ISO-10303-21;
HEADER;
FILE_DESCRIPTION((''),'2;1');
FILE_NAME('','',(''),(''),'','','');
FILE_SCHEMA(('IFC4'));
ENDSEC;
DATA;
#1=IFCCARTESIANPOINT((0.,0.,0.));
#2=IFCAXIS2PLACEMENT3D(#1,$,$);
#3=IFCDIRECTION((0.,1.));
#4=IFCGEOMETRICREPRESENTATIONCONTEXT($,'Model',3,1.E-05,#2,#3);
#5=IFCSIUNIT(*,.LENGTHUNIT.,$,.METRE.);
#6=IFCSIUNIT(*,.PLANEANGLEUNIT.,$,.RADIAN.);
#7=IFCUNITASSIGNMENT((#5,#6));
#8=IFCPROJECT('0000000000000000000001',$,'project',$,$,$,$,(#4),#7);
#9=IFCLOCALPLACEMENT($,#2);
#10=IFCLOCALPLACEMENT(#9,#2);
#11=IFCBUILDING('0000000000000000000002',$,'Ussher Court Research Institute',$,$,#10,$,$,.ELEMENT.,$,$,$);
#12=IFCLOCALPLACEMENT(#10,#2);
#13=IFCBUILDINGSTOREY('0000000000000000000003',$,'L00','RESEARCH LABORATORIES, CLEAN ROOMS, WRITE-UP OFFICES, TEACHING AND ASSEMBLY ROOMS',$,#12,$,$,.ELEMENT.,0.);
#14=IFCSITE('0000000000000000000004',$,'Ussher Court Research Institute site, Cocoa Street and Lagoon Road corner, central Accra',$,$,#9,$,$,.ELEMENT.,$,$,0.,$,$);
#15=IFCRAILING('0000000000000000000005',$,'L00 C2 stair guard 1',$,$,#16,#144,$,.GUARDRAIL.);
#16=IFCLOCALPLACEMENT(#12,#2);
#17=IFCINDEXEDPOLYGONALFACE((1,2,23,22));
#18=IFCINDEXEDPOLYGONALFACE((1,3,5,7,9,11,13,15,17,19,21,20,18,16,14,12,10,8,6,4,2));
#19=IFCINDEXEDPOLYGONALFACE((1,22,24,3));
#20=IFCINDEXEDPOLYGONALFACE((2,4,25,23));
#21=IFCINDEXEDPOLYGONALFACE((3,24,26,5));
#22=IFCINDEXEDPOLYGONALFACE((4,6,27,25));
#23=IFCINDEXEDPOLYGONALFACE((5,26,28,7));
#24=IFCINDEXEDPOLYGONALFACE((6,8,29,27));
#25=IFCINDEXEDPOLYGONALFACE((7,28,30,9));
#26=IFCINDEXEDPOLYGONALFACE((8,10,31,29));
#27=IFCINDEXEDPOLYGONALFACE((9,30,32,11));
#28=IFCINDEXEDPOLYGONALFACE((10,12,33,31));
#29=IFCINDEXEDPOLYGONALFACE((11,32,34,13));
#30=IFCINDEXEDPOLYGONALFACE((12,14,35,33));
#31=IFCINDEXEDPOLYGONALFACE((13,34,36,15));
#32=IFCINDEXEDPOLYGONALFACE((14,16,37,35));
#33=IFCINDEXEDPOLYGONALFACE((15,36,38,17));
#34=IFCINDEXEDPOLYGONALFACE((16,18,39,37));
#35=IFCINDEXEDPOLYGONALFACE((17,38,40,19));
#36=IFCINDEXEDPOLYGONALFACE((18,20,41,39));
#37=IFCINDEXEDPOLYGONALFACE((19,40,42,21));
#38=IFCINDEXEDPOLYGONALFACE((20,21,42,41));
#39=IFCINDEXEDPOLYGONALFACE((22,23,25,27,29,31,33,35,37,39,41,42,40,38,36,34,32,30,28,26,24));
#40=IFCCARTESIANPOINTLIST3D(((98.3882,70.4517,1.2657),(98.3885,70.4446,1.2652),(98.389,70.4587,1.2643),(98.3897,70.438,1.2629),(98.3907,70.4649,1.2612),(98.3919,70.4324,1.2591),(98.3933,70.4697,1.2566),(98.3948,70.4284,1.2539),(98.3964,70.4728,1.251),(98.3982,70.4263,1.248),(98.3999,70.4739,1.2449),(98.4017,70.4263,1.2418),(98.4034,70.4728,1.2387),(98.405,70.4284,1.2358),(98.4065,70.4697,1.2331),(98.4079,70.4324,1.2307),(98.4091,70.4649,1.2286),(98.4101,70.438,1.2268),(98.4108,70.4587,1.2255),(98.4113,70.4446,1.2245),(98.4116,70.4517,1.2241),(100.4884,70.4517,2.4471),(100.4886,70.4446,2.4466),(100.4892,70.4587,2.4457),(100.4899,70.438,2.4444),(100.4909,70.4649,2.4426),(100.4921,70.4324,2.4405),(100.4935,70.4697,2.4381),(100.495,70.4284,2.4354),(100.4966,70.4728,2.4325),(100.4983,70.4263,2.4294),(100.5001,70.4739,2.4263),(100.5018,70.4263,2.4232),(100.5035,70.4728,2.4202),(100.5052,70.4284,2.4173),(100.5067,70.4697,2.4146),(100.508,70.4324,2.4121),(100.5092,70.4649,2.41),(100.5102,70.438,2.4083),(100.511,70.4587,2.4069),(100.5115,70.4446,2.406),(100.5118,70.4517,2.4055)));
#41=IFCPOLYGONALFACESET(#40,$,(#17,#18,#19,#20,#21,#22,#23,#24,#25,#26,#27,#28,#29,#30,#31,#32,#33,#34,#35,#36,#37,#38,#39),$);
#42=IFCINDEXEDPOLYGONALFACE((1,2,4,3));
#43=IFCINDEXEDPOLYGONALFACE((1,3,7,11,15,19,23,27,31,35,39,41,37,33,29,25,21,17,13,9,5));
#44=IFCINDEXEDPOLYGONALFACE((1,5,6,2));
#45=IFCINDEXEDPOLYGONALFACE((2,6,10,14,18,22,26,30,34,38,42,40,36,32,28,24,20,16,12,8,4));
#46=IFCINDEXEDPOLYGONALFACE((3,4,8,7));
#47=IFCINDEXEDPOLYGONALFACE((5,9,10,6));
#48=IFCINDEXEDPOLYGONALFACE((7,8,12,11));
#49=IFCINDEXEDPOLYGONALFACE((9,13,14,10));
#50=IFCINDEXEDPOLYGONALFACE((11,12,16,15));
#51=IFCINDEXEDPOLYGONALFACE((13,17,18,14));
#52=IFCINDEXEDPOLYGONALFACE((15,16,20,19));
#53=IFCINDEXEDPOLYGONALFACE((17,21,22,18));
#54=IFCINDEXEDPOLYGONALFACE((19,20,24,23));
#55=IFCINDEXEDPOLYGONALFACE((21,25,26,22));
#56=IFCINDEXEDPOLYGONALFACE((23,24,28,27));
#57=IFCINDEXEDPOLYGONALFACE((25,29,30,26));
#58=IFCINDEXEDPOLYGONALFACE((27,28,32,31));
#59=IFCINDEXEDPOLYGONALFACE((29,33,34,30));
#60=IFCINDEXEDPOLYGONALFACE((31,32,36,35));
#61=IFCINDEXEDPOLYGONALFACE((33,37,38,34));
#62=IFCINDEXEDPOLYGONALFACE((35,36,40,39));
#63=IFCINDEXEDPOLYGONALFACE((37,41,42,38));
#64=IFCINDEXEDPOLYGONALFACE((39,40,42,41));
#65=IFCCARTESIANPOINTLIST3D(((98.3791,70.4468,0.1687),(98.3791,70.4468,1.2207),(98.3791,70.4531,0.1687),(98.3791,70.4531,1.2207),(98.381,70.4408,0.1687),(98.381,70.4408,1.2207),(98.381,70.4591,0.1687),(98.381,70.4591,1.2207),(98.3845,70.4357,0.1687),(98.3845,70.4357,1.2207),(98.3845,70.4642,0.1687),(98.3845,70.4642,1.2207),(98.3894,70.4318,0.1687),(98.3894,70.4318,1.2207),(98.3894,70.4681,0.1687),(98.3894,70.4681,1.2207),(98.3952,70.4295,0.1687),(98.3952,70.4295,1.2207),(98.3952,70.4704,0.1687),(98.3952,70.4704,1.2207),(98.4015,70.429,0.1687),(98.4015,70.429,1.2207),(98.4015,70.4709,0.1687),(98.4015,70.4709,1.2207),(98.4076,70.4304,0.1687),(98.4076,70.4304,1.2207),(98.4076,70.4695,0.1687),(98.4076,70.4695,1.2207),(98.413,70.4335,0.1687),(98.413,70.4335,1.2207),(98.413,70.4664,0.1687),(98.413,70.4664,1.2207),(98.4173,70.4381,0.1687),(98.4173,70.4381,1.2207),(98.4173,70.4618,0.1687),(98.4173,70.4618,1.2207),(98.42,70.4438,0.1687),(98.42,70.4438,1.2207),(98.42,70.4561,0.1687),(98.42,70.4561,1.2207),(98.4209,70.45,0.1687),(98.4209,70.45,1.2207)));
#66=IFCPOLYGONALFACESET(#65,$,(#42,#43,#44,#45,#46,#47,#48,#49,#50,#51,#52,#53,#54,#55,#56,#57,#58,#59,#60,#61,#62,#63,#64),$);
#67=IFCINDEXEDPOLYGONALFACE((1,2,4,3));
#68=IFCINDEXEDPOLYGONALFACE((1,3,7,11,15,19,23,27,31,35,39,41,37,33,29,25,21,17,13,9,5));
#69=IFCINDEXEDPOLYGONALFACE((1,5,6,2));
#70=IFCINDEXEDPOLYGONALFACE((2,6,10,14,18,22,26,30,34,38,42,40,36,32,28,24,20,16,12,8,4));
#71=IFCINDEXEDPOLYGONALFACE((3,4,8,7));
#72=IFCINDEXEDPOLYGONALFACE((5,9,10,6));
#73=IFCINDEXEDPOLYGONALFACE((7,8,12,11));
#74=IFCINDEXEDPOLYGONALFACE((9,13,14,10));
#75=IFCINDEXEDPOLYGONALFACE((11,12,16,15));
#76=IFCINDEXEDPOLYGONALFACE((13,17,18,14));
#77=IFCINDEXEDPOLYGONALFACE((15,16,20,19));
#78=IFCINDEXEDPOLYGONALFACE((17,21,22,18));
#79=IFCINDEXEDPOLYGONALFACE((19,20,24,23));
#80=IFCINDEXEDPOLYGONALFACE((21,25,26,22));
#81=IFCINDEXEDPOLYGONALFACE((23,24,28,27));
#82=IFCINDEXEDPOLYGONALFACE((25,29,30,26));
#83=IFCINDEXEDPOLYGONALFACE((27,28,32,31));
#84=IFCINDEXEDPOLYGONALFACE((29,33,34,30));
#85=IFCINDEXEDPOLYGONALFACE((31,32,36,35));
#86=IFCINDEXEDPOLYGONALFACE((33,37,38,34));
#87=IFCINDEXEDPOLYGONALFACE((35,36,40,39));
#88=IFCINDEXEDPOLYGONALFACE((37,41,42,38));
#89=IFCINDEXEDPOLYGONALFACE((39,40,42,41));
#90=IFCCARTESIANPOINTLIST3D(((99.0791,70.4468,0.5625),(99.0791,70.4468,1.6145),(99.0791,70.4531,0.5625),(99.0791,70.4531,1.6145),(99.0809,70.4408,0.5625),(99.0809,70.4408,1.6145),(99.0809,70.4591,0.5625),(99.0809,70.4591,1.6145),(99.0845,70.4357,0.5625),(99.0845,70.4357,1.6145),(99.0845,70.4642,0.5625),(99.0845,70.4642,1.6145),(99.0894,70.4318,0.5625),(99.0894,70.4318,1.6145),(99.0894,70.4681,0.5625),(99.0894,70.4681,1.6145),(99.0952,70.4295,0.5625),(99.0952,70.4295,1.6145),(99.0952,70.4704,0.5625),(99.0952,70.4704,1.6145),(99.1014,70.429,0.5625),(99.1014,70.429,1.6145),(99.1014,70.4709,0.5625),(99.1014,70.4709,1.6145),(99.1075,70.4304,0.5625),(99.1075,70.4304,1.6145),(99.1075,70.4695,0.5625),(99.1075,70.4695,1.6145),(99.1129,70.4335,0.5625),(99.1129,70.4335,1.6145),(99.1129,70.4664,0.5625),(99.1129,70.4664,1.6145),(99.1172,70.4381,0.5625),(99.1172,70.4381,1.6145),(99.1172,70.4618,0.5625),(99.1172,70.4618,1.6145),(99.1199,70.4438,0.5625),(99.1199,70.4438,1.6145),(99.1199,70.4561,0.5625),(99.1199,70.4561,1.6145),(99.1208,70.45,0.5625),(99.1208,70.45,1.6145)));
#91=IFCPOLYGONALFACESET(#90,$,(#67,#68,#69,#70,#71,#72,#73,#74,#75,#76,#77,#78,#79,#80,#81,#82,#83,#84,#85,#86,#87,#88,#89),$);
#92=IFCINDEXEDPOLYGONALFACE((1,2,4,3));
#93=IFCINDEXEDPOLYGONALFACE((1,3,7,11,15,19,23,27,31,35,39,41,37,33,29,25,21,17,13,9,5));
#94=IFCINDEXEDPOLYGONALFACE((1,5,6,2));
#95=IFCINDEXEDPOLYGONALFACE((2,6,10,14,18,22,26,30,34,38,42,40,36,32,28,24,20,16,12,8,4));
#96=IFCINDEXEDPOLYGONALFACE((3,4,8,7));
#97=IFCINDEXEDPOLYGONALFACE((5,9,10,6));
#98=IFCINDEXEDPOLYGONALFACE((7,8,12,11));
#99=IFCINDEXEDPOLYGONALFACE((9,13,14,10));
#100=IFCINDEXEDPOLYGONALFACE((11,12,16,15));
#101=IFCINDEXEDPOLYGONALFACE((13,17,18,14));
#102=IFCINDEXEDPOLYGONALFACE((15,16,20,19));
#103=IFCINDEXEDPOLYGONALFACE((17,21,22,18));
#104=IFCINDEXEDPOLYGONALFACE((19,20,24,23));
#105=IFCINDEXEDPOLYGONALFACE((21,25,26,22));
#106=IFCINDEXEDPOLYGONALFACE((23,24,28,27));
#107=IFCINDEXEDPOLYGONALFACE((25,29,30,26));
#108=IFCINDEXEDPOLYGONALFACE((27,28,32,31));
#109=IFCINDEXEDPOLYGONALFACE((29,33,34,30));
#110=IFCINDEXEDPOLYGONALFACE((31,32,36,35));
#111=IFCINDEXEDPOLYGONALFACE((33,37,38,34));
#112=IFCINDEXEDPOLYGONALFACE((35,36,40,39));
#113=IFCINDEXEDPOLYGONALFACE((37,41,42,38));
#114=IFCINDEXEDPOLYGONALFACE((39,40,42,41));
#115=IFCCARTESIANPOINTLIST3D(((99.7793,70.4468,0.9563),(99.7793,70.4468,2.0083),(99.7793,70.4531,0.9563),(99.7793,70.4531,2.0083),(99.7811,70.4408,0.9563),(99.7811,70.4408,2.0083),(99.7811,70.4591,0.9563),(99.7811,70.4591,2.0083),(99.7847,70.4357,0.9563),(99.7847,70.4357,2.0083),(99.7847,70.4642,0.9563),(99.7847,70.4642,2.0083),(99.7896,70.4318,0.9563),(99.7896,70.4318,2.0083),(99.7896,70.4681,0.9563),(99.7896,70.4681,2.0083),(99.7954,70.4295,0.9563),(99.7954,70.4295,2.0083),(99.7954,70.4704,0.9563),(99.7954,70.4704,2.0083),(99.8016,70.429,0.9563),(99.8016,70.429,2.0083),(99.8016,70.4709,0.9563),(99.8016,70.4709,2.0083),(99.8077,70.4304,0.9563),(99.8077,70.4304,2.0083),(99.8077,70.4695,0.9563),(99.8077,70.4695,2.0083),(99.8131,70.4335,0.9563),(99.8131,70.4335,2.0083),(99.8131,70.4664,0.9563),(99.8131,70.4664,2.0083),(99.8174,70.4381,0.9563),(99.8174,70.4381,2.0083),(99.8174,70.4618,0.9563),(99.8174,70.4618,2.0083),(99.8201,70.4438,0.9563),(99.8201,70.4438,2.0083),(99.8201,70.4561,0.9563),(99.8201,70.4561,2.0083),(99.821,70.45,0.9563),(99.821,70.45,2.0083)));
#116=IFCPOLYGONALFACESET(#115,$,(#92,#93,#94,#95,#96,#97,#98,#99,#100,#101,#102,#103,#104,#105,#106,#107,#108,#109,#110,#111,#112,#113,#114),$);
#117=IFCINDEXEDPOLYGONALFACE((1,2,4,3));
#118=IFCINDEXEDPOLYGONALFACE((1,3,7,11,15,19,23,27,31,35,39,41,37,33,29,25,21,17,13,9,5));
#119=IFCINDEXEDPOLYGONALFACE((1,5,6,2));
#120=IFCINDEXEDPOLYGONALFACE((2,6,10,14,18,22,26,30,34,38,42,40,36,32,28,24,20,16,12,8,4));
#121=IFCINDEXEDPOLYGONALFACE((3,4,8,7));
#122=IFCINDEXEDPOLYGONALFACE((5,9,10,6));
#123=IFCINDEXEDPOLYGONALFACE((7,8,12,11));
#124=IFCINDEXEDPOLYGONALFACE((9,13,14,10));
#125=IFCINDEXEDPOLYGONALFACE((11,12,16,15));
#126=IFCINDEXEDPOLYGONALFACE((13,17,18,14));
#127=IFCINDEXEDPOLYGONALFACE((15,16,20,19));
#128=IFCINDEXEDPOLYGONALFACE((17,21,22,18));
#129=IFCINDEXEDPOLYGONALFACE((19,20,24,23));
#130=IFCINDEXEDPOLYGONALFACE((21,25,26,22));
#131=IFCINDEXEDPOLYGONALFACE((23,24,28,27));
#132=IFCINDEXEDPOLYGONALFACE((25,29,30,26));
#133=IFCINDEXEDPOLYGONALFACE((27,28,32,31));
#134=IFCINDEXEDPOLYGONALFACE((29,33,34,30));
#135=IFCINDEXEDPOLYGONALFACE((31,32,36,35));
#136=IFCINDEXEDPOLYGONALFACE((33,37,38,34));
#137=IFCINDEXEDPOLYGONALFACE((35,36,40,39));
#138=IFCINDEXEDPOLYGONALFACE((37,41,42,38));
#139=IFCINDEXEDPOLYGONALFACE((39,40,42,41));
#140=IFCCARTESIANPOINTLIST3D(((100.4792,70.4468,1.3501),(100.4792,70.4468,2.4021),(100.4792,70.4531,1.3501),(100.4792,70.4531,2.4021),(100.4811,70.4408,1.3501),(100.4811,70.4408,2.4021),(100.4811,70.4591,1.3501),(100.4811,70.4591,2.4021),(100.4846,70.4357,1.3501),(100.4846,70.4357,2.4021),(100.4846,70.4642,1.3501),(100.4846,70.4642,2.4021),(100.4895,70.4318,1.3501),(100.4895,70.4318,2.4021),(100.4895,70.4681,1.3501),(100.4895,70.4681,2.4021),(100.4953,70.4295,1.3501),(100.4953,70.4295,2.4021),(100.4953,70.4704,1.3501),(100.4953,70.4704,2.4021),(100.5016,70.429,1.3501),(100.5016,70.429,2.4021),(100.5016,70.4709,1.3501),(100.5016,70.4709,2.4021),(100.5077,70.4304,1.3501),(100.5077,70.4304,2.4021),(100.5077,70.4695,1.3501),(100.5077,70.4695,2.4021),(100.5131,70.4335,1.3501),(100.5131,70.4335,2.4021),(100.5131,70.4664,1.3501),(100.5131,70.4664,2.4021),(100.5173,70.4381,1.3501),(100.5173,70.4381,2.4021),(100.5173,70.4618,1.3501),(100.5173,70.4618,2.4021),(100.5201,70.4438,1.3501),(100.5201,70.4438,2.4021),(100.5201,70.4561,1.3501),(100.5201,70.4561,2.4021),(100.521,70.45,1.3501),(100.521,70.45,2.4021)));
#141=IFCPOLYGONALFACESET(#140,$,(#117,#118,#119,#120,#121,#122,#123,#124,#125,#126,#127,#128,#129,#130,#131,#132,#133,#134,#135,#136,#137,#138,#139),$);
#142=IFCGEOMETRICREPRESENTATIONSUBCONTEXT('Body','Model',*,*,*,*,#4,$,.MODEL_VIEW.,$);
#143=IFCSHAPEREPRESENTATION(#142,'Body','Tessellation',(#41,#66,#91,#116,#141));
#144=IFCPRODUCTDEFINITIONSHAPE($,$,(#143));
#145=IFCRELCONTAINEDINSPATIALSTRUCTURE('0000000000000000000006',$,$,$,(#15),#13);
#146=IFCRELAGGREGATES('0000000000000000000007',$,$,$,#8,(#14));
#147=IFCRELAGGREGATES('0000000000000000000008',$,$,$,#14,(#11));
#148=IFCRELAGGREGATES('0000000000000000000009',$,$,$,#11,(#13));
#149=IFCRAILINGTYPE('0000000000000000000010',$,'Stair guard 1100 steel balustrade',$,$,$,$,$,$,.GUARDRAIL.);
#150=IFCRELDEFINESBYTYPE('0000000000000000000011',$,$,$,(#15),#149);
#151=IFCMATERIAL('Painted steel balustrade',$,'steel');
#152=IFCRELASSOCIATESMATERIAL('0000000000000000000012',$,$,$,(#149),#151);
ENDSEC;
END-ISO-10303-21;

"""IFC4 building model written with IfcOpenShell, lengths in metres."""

from ifc_helpers import new_model, si_unit, direction, frame, origin, origin_2d, place, context, subcontext, project, spatial, circle, extrude, material, type_object, element, save


model = new_model("IFC4")

# Units and contexts
model_context = context("Model", 3, precision=1e-05, world=origin(), true_north=direction((0.0, 1.0)))
body_context = subcontext(model_context, "Body", "Model", "MODEL_VIEW")
ifc_project = project(units=[si_unit("LENGTHUNIT", "METRE"), si_unit("PLANEANGLEUNIT", "RADIAN")], contexts=[model_context])

# Site, building, storey
site_placement = place(None, origin())
site = spatial("IfcSite", under=ifc_project, at=site_placement, Name="Ussher Court Research Institute site, Cocoa Street and Lagoon Road corner, central Accra", CompositionType="ELEMENT", RefElevation=0.0)
building_placement = place(site_placement, origin())
building = spatial("IfcBuilding", under=site, at=building_placement, Name="Ussher Court Research Institute", CompositionType="ELEMENT")
storey_placement = place(building_placement, origin())
storey = spatial("IfcBuildingStorey", under=building, at=storey_placement, Name="L00", Description="RESEARCH LABORATORIES, CLEAN ROOMS, WRITE-UP OFFICES, TEACHING AND ASSEMBLY ROOMS", CompositionType="ELEMENT", Elevation=0.0)

# Railing
ifc_material_1 = material(Name="Painted steel balustrade", Category="steel")
railing_type_1 = type_object("IfcRailingType", Name="Stair guard 1100 steel balustrade", PredefinedType="GUARDRAIL", material=ifc_material_1)
railing_1_placement = place(storey_placement, frame((98.3999, 70.45, 0.1687)))
element("IfcRailing", 1, at=railing_1_placement, inside=storey, type_object=railing_type_1, Name="L00 C2 stair guard 1", PredefinedType="GUARDRAIL", context=body_context, shape_type="SweptSolid", body=[
    extrude(circle(Radius=0.0239, at=origin_2d()), frame((0.0, 0.0, 1.0762), z_axis=(0.871559, 0.0, 0.49029), x_axis=(0.0, 1.0, 0.0)), (0.0, 0.0, 1.0), 2.4097),
    extrude(circle(Radius=0.021, at=origin_2d()), origin(), (0.0, 0.0, 1.0), 1.052),
    extrude(circle(Radius=0.021, at=origin_2d()), frame((0.7, 0.0, 0.3938)), (0.0, 0.0, 1.0), 1.052),
    extrude(circle(Radius=0.021, at=origin_2d()), frame((1.4001, 0.0, 0.7876)), (0.0, 0.0, 1.0), 1.052),
    extrude(circle(Radius=0.021, at=origin_2d()), frame((2.1001, 0.0, 1.1814)), (0.0, 0.0, 1.0), 1.052),
])

save(model, "model.ifc")
